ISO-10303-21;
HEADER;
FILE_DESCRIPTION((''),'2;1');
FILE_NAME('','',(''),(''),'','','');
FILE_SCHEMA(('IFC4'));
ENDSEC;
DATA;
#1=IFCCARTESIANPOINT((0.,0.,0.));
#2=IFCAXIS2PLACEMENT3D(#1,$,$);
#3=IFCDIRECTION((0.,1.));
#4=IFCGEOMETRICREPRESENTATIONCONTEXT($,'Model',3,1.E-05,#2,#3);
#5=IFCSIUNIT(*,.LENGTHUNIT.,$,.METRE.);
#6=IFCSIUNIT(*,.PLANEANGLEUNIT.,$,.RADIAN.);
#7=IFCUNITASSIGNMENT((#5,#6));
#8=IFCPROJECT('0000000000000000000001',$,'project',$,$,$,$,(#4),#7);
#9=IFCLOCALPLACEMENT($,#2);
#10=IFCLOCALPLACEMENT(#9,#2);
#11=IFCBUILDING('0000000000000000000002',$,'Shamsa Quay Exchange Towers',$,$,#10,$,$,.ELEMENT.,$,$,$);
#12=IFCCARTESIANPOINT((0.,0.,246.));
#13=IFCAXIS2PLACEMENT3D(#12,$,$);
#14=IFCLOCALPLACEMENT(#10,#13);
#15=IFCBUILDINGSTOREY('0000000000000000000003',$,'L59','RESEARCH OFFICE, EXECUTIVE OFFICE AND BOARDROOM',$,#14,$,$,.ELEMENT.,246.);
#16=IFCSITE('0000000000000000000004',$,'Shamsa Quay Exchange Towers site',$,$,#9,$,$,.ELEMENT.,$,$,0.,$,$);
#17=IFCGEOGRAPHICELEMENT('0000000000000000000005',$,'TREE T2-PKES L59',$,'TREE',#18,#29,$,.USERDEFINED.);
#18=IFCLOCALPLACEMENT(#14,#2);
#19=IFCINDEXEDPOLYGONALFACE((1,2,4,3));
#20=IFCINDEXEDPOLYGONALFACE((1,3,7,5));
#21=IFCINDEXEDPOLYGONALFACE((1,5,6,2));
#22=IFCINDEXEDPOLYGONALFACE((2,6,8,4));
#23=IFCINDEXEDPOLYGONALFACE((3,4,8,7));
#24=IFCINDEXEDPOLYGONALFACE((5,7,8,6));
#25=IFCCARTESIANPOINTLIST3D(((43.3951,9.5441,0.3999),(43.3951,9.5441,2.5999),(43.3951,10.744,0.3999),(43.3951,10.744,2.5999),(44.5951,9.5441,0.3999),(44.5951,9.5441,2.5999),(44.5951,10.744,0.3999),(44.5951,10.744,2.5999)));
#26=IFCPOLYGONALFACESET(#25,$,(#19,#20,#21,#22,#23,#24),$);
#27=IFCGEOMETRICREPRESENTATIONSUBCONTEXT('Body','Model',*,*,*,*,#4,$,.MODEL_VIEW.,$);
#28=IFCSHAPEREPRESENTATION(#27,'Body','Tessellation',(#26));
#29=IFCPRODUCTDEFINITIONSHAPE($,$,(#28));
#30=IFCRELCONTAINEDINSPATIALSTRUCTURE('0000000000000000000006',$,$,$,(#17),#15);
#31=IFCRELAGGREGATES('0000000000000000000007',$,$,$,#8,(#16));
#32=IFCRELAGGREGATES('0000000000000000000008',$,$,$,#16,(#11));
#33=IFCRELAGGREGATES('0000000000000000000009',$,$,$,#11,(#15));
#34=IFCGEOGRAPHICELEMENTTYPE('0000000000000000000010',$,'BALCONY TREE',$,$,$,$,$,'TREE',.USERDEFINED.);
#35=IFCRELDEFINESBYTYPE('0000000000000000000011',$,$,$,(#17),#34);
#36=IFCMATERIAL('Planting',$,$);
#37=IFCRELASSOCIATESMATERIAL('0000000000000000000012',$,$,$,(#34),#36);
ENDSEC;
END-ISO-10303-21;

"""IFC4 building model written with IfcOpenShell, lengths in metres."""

from ifc_helpers import new_model, si_unit, direction, frame, origin, origin_2d, place, context, subcontext, project, spatial, rectangle, extrude, material, type_object, element, save


model = new_model("IFC4")

# Units and contexts
model_context = context("Model", 3, precision=1e-05, world=origin(), true_north=direction((0.0, 1.0)))
body_context = subcontext(model_context, "Body", "Model", "MODEL_VIEW")
ifc_project = project(units=[si_unit("LENGTHUNIT", "METRE"), si_unit("PLANEANGLEUNIT", "RADIAN")], contexts=[model_context])

# Site, building, storey
site_placement = place(None, origin())
site = spatial("IfcSite", under=ifc_project, at=site_placement, Name="Shamsa Quay Exchange Towers site", CompositionType="ELEMENT", RefElevation=0.0)
building_placement = place(site_placement, origin())
building = spatial("IfcBuilding", under=site, at=building_placement, Name="Shamsa Quay Exchange Towers", CompositionType="ELEMENT")
storey_placement = place(building_placement, frame((0.0, 0.0, 246.0)))
storey = spatial("IfcBuildingStorey", under=building, at=storey_placement, Name="L59", Description="RESEARCH OFFICE, EXECUTIVE OFFICE AND BOARDROOM", CompositionType="ELEMENT", Elevation=246.0)

# Geographic element
ifc_material_1 = material(Name="Planting")
geographic_element_type = type_object("IfcGeographicElementType", Name="BALCONY TREE", ElementType="TREE", PredefinedType="USERDEFINED", material=ifc_material_1)
geographic_element_placement = place(storey_placement, frame((43.9951, 10.144, 0.3999), z_axis=(0.0, 0.0, 1.0), x_axis=(0.0, 1.0, 0.0)))
element("IfcGeographicElement", 1, at=geographic_element_placement, inside=storey, type_object=geographic_element_type, Name="TREE T2-PKES L59", ObjectType="TREE", PredefinedType="USERDEFINED", context=body_context, shape_type="SweptSolid", body=[
    extrude(rectangle(XDim=1.2, YDim=1.2, at=origin_2d()), origin(), (0.0, 0.0, 1.0), 2.2),
])

save(model, "model.ifc")
